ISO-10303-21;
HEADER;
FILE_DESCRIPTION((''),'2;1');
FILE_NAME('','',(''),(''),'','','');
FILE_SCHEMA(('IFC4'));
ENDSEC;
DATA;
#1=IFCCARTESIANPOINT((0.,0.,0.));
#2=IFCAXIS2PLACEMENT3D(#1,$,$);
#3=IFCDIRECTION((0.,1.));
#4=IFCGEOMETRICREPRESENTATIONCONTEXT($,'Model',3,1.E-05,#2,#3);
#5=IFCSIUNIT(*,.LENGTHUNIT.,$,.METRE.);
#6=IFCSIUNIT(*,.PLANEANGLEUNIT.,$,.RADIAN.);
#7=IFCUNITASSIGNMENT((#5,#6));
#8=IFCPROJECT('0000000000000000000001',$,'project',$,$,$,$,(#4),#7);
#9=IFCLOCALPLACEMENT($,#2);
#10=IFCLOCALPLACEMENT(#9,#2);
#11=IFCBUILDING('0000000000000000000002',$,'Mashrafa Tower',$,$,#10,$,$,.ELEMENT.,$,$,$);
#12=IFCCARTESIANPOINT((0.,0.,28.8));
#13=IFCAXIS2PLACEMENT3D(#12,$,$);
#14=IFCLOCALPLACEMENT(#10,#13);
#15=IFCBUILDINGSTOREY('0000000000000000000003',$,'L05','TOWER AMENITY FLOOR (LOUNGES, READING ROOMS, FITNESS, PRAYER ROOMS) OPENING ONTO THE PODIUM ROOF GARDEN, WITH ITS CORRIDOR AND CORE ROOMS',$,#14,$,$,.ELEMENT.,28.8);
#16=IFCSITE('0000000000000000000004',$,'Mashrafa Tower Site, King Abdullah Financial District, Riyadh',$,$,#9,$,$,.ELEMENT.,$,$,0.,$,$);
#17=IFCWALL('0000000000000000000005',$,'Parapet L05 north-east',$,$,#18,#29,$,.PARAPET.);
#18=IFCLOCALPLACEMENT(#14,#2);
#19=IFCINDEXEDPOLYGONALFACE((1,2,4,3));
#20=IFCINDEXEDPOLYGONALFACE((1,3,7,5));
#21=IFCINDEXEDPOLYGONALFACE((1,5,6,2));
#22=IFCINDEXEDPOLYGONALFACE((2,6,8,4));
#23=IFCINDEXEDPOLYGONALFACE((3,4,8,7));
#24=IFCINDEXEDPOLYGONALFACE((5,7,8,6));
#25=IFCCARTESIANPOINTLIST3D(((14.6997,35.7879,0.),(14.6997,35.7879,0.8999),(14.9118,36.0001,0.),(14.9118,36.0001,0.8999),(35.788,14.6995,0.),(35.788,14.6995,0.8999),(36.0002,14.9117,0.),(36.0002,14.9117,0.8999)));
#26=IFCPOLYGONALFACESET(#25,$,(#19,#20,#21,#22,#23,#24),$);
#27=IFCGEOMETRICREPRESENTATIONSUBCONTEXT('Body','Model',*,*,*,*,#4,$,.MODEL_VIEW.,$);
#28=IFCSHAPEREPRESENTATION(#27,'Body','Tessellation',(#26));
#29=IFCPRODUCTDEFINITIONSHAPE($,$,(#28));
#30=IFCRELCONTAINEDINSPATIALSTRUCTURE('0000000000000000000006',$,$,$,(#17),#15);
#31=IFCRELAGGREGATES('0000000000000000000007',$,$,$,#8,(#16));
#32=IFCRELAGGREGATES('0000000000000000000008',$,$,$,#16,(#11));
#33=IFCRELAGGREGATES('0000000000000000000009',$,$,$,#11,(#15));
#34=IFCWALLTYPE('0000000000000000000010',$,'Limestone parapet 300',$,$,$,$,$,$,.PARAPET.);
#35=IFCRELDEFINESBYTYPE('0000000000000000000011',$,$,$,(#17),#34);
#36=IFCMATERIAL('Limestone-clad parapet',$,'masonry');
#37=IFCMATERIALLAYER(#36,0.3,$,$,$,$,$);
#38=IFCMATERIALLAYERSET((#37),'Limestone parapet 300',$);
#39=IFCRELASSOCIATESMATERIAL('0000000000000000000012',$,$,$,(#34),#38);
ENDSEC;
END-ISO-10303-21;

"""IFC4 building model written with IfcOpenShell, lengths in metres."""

from ifc_helpers import new_model, si_unit, direction, frame, frame_2d, origin, place, context, subcontext, project, spatial, rectangle, extrude, material, layer, layer_set, type_object, element, save


model = new_model("IFC4")

# Units and contexts
model_context = context("Model", 3, precision=1e-05, world=origin(), true_north=direction((0.0, 1.0)))
body_context = subcontext(model_context, "Body", "Model", "MODEL_VIEW")
ifc_project = project(units=[si_unit("LENGTHUNIT", "METRE"), si_unit("PLANEANGLEUNIT", "RADIAN")], contexts=[model_context])

# Site, building, storey
site_placement = place(None, origin())
site = spatial("IfcSite", under=ifc_project, at=site_placement, Name="Mashrafa Tower Site, King Abdullah Financial District, Riyadh", CompositionType="ELEMENT", RefElevation=0.0)
building_placement = place(site_placement, origin())
building = spatial("IfcBuilding", under=site, at=building_placement, Name="Mashrafa Tower", CompositionType="ELEMENT")
storey_placement = place(building_placement, frame((0.0, 0.0, 28.8)))
storey = spatial("IfcBuildingStorey", under=building, at=storey_placement, Name="L05", Description="TOWER AMENITY FLOOR (LOUNGES, READING ROOMS, FITNESS, PRAYER ROOMS) OPENING ONTO THE PODIUM ROOF GARDEN, WITH ITS CORRIDOR AND CORE ROOMS", CompositionType="ELEMENT", Elevation=28.8)

# Wall
ifc_material_1 = material(Name="Limestone-clad parapet", Category="masonry")
ifc_layer_1 = layer(ifc_material_1, 0.3)
ifc_layer_set_1 = layer_set([ifc_layer_1], Name="Limestone parapet 300")
wall_type = type_object("IfcWallType", Name="Limestone parapet 300", PredefinedType="PARAPET", material=ifc_layer_set_1)
wall_placement = place(storey_placement, frame((35.894, 14.8057, 0.0), z_axis=(0.0, 0.0, 1.0), x_axis=(-0.707107, 0.707107, 0.0)))
element("IfcWall", 1, at=wall_placement, inside=storey, type_object=wall_type, Name="Parapet L05 north-east", PredefinedType="PARAPET", context=body_context, shape_type="SweptSolid", body=[
    extrude(rectangle(XDim=29.8235, YDim=0.3, at=frame_2d((14.9116, 0.0))), origin(), (0.0, 0.0, 1.0), 0.8999),
])

save(model, "model.ifc")
